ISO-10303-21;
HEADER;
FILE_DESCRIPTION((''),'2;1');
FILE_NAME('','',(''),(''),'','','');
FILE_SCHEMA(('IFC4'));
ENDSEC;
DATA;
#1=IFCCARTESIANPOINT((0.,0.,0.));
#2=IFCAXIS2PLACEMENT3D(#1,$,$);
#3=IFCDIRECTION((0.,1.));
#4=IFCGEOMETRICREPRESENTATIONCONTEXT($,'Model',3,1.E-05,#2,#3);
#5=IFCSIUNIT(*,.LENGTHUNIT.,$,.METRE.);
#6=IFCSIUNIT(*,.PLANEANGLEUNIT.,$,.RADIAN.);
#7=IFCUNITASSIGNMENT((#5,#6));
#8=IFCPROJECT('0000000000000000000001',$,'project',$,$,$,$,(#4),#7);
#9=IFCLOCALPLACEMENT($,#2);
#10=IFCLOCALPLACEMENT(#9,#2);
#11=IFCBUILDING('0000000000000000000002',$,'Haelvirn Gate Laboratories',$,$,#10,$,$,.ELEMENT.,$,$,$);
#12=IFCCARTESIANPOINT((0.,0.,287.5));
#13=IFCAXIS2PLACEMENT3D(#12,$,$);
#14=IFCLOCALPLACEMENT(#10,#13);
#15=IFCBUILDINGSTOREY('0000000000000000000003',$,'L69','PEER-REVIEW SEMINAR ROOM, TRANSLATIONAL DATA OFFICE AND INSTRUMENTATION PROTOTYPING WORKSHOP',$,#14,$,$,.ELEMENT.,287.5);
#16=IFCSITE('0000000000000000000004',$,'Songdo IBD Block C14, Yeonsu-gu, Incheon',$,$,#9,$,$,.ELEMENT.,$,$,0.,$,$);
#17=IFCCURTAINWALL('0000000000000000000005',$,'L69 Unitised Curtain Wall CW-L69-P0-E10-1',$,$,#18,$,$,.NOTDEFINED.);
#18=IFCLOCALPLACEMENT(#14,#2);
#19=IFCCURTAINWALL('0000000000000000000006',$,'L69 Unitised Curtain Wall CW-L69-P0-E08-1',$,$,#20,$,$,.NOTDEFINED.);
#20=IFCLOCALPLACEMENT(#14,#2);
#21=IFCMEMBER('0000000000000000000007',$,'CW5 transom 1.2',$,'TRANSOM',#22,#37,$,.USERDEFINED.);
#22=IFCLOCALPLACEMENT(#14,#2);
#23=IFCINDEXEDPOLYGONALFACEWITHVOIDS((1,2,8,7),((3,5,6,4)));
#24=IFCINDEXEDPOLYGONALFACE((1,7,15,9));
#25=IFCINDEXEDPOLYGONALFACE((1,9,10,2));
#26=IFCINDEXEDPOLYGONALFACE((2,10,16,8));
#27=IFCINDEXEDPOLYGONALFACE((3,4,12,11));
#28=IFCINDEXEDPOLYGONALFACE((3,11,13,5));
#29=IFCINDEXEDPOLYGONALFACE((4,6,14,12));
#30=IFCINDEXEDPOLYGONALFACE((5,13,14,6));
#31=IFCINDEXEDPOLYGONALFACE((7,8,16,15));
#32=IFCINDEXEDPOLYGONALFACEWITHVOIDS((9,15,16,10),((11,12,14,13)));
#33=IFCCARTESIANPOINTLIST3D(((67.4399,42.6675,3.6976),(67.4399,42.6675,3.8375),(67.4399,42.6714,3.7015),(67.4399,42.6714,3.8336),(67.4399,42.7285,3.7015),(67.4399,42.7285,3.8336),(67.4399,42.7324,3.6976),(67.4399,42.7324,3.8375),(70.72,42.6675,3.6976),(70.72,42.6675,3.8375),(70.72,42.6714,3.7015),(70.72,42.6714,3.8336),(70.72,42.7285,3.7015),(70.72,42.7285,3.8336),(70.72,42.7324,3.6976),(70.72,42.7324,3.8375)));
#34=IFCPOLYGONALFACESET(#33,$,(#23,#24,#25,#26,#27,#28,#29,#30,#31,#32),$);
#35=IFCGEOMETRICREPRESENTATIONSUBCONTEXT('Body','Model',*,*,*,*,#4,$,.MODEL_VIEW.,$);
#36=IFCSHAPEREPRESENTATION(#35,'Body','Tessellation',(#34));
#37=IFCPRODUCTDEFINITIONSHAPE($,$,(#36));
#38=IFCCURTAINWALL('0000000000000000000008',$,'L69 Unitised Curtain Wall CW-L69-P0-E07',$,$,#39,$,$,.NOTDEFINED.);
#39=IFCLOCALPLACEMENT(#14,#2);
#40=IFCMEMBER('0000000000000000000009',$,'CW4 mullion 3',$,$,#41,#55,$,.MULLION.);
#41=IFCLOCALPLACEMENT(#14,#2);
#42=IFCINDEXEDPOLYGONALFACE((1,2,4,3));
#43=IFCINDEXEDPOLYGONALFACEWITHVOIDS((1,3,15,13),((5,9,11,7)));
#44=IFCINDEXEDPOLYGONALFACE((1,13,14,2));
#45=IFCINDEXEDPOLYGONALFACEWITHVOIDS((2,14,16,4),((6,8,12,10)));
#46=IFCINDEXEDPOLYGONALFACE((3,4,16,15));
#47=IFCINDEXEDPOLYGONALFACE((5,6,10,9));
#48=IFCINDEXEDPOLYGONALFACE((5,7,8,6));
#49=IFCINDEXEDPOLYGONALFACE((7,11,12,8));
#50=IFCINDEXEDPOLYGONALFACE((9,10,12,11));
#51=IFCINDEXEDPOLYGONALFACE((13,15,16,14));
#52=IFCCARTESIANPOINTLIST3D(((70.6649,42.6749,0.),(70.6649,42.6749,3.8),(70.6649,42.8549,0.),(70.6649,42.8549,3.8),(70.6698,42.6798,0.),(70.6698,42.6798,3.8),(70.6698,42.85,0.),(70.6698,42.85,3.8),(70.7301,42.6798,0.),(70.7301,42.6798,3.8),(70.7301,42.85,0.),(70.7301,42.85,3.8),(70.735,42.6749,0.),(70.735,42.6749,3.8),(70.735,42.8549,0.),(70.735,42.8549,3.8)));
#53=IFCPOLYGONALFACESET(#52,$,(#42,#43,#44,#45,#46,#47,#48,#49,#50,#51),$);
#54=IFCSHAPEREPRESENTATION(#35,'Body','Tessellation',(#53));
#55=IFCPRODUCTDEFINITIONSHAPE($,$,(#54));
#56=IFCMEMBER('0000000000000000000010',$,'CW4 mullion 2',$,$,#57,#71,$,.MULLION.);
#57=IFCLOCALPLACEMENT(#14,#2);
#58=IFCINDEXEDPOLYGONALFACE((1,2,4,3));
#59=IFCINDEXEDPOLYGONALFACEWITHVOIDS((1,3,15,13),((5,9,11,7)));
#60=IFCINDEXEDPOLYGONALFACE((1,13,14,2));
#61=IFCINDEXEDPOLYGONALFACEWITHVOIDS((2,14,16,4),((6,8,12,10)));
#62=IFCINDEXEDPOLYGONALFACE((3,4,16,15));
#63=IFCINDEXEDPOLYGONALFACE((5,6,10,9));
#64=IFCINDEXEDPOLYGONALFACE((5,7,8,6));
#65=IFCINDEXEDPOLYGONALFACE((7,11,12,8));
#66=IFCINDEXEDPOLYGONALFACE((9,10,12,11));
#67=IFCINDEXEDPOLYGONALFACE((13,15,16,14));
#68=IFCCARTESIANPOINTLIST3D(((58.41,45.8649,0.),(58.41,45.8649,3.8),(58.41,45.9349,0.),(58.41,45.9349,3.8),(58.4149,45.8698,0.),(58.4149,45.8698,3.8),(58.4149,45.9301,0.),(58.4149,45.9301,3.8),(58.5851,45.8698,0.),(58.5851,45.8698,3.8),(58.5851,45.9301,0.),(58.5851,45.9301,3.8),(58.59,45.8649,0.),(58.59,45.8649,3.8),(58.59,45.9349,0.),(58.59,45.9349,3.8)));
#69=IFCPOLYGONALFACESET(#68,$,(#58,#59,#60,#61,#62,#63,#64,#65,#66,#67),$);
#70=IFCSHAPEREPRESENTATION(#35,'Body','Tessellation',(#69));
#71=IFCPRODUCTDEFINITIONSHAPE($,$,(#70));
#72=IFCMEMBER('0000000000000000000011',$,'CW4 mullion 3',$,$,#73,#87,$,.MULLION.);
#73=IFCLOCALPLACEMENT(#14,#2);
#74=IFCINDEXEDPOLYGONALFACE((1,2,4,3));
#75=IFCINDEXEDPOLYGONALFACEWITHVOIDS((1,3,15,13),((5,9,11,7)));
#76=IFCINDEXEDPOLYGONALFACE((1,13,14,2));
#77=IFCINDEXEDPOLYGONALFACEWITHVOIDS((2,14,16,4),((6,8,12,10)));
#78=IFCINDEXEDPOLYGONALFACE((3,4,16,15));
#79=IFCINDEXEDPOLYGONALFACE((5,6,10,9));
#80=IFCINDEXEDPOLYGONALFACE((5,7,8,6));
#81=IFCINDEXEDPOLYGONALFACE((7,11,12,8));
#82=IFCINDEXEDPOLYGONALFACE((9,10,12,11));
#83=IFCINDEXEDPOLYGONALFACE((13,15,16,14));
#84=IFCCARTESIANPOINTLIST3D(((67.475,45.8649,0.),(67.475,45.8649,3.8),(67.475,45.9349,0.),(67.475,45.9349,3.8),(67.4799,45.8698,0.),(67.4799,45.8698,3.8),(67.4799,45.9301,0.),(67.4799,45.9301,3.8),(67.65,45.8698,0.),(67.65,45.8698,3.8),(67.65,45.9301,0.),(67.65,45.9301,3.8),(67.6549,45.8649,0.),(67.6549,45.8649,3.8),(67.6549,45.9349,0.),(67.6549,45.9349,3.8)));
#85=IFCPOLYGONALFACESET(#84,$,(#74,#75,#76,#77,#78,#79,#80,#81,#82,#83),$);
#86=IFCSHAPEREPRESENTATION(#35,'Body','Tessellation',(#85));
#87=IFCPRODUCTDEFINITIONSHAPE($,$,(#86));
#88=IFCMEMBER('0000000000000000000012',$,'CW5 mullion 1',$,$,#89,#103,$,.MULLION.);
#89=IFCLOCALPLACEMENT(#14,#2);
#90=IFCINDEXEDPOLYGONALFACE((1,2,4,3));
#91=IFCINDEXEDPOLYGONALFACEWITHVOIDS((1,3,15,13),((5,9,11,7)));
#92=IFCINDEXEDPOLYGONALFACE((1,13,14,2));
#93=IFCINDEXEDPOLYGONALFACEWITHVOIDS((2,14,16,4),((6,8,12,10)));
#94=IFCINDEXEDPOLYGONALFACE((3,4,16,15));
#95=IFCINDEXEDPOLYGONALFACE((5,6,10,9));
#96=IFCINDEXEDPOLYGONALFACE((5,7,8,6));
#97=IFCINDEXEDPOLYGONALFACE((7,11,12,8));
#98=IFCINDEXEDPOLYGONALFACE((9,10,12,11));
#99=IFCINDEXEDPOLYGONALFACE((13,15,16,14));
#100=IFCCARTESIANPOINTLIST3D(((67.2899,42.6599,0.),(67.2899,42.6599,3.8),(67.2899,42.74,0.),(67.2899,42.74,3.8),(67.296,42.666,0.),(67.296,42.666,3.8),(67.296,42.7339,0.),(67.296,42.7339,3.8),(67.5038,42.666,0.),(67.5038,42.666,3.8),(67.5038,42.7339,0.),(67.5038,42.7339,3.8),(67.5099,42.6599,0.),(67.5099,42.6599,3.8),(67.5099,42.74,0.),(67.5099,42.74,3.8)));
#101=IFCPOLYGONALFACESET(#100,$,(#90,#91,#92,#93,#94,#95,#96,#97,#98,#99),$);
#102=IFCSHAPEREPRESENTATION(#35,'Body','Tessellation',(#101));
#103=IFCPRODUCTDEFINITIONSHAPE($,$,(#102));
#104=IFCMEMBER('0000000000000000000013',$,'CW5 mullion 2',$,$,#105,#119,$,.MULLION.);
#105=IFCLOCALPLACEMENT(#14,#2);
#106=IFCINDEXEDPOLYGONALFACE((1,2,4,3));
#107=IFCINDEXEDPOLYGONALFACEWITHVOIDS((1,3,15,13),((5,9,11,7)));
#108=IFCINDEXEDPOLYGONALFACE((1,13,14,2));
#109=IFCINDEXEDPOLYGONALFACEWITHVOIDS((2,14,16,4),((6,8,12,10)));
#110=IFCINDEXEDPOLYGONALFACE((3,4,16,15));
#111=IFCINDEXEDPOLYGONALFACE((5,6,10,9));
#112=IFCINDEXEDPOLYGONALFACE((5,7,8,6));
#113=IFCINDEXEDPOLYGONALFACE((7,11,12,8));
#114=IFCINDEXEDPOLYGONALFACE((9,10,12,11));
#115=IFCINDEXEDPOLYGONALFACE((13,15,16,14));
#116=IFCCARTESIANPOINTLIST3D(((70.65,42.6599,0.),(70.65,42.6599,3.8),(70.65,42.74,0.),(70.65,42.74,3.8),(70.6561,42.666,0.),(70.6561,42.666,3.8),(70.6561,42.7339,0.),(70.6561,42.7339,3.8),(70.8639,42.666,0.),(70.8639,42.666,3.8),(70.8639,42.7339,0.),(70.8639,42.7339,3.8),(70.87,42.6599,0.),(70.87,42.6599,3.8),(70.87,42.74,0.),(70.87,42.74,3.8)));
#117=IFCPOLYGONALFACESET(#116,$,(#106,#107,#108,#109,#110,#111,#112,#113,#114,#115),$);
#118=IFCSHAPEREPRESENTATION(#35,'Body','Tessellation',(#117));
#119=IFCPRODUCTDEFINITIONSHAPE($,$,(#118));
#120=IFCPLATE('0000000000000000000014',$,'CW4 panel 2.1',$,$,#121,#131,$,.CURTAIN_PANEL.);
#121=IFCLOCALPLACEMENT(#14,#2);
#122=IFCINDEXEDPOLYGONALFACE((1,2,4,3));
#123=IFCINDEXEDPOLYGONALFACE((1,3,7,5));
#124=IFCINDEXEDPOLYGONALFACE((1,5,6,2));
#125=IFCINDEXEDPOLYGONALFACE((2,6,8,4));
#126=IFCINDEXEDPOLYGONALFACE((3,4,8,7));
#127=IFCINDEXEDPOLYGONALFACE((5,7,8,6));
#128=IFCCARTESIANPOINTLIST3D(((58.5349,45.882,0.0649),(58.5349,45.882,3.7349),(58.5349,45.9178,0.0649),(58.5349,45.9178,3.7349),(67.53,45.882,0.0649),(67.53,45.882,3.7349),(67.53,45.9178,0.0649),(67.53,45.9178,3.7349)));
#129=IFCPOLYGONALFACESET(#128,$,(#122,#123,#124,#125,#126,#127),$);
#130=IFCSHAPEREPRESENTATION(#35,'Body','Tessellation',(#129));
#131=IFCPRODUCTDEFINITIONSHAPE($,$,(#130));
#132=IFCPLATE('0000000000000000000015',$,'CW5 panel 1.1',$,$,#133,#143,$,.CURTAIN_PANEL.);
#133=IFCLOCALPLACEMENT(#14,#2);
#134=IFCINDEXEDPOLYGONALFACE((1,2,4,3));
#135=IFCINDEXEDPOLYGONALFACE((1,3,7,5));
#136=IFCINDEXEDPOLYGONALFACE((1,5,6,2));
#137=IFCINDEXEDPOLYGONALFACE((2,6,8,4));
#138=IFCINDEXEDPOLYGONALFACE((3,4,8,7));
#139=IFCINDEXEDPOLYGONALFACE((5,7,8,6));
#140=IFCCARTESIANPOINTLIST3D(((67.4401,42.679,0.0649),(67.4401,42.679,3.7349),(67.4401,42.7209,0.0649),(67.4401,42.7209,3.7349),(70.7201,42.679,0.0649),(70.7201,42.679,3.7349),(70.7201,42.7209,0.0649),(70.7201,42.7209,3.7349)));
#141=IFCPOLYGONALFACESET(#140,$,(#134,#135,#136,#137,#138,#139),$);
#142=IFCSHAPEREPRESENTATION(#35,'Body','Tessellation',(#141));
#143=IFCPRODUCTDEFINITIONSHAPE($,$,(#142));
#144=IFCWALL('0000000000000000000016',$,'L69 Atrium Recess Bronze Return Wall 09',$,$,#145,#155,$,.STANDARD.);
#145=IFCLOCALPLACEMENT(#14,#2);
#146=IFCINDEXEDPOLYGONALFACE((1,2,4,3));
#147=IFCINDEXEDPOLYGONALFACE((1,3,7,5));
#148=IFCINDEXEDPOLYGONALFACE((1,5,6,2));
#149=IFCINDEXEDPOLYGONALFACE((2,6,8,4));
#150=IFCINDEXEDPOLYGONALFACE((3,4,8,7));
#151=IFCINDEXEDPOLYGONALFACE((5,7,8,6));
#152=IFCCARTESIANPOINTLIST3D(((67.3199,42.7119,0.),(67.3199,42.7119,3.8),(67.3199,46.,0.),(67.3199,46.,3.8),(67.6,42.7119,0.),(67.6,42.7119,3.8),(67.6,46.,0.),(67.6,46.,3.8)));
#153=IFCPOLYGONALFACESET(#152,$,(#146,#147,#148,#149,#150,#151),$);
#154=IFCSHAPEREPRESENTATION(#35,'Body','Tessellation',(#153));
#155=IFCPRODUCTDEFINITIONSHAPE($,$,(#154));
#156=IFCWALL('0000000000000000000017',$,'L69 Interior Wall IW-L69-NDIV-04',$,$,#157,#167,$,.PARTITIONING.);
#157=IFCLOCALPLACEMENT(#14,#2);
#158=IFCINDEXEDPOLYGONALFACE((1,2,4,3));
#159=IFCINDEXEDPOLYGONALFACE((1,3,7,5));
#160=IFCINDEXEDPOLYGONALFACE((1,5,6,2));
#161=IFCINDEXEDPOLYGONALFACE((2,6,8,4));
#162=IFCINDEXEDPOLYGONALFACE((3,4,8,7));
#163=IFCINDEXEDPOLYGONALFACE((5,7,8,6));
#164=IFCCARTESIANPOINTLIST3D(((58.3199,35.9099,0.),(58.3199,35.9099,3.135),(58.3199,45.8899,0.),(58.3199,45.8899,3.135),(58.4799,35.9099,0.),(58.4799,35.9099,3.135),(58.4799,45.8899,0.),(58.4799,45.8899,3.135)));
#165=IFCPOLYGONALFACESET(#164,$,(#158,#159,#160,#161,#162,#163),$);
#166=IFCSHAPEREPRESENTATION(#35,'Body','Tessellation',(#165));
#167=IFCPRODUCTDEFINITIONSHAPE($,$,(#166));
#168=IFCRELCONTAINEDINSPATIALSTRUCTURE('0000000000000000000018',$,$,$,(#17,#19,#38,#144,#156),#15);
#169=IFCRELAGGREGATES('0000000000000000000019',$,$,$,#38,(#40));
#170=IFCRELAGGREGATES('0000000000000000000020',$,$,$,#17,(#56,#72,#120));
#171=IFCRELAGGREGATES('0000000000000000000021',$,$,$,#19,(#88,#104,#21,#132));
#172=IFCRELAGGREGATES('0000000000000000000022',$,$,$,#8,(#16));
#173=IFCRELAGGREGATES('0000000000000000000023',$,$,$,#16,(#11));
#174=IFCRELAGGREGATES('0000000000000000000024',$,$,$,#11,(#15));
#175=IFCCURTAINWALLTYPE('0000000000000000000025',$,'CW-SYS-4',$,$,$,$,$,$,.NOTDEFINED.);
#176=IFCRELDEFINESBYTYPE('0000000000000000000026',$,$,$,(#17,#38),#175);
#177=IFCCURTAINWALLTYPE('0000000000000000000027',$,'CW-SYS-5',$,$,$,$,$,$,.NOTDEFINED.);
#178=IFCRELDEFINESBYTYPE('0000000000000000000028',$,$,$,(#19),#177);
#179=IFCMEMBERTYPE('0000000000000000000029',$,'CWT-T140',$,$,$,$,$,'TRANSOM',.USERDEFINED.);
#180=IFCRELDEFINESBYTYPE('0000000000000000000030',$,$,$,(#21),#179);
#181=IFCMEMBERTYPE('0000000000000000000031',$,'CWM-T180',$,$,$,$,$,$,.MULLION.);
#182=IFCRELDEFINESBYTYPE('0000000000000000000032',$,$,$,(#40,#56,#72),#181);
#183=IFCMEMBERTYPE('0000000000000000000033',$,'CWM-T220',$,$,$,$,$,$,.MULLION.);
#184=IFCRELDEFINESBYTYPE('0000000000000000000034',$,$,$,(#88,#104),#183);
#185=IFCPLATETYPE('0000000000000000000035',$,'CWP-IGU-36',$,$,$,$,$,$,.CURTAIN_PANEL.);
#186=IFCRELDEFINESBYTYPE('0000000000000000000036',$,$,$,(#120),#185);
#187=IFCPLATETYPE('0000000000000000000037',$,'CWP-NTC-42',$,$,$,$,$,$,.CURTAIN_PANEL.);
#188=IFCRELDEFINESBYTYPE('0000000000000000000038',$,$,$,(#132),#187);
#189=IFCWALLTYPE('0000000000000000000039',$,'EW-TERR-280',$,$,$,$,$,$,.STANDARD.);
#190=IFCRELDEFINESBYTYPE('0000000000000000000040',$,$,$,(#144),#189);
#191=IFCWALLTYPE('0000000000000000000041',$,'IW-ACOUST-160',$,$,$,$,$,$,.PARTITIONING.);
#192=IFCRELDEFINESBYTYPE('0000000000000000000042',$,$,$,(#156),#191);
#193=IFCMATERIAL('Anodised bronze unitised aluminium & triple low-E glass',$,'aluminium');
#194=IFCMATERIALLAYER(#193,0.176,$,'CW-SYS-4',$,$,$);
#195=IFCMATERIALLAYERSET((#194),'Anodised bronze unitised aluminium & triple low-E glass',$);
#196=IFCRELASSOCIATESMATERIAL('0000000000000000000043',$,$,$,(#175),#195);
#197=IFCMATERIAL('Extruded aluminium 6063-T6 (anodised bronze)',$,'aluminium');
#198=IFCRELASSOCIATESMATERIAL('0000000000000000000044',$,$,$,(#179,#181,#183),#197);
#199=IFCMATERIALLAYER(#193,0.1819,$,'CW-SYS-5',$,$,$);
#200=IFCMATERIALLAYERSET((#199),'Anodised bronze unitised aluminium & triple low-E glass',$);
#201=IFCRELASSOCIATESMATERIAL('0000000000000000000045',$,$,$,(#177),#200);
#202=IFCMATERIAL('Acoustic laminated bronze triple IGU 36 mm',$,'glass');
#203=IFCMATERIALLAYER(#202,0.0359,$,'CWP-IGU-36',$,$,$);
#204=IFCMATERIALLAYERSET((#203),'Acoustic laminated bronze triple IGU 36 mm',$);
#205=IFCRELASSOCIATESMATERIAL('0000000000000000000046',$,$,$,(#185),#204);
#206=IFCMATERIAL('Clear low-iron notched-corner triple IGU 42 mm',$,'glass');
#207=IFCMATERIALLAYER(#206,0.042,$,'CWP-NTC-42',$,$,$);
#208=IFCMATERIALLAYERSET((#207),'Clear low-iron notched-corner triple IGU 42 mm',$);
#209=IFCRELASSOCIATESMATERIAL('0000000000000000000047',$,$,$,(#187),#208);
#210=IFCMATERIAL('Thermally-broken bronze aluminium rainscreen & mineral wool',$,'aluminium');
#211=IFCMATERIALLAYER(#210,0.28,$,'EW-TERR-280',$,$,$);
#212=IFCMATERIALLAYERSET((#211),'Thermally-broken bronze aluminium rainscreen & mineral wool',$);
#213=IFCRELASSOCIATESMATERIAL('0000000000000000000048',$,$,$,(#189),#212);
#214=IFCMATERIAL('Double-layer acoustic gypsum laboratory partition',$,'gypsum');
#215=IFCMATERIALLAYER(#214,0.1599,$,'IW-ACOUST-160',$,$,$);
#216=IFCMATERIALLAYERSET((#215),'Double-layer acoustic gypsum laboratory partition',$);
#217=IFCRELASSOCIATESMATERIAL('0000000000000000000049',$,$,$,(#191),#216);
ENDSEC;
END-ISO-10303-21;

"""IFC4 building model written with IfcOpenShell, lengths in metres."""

from ifc_helpers import new_model, si_unit, direction, frame, frame_2d, origin, origin_2d, place, context, subcontext, project, spatial, rectangle, hollow_rectangle, extrude, source, transform, mapped, material, layer, layer_set, material_profile, profile_set, type_object, type_shapes, element, aggregate, save


model = new_model("IFC4")

# Units and contexts
model_context = context("Model", 3, precision=1e-05, world=origin(), true_north=direction((0.0, 1.0)))
body_context = subcontext(model_context, "Body", "Model", "MODEL_VIEW")
ifc_project = project(units=[si_unit("LENGTHUNIT", "METRE"), si_unit("PLANEANGLEUNIT", "RADIAN")], contexts=[model_context])

# Site, building, storey
site_placement = place(None, origin())
site = spatial("IfcSite", under=ifc_project, at=site_placement, Name="Songdo IBD Block C14, Yeonsu-gu, Incheon", CompositionType="ELEMENT", RefElevation=0.0)
building_placement = place(site_placement, origin())
building = spatial("IfcBuilding", under=site, at=building_placement, Name="Haelvirn Gate Laboratories", CompositionType="ELEMENT")
storey_placement = place(building_placement, frame((0.0, 0.0, 287.5)))
storey = spatial("IfcBuildingStorey", under=building, at=storey_placement, Name="L69", Description="PEER-REVIEW SEMINAR ROOM, TRANSLATIONAL DATA OFFICE AND INSTRUMENTATION PROTOTYPING WORKSHOP", CompositionType="ELEMENT", Elevation=287.5)

# Curtain walls, member
ifc_material_1 = material(Name="Anodised bronze unitised aluminium & triple low-E glass", Category="aluminium")
ifc_layer_1 = layer(ifc_material_1, 0.176, Name="CW-SYS-4")
ifc_layer_set_1 = layer_set([ifc_layer_1], Name="Anodised bronze unitised aluminium & triple low-E glass")
curtain_wall_type_1 = type_object("IfcCurtainWallType", Name="CW-SYS-4", PredefinedType="NOTDEFINED", material=ifc_layer_set_1)
curtain_wall_1_placement = place(storey_placement, origin())
curtain_wall_1 = element("IfcCurtainWall", 1, at=curtain_wall_1_placement, inside=storey, type_object=curtain_wall_type_1, Name="L69 Unitised Curtain Wall CW-L69-P0-E10-1", PredefinedType="NOTDEFINED")
ifc_material_2 = material(Name="Extruded aluminium 6063-T6 (anodised bronze)", Category="aluminium")
ifc_material_profile_1 = material_profile(ifc_material_2, hollow_rectangle(XDim=0.0649, YDim=0.1399, WallThickness=0.0039, at=origin_2d()), Name="CWT-140x65x4")
ifc_profile_set_1 = profile_set([ifc_material_profile_1], Name="Extruded aluminium 6063-T6 (anodised bronze)")
member_type_1 = type_object("IfcMemberType", Name="CWT-T140", ElementType="TRANSOM", PredefinedType="USERDEFINED", material=ifc_profile_set_1)
ifc_layer_2 = layer(ifc_material_1, 0.1819, Name="CW-SYS-5")
ifc_layer_set_2 = layer_set([ifc_layer_2], Name="Anodised bronze unitised aluminium & triple low-E glass")
curtain_wall_type_2 = type_object("IfcCurtainWallType", Name="CW-SYS-5", PredefinedType="NOTDEFINED", material=ifc_layer_set_2)
curtain_wall_2_placement = place(storey_placement, origin())
curtain_wall_2 = element("IfcCurtainWall", 2, at=curtain_wall_2_placement, inside=storey, type_object=curtain_wall_type_2, Name="L69 Unitised Curtain Wall CW-L69-P0-E08-1", PredefinedType="NOTDEFINED")
shared_shape_1 = source(origin(), body_context, "Body", "SweptSolid", [
    extrude(hollow_rectangle(XDim=0.0649, YDim=0.1399, WallThickness=0.0039, at=origin_2d()), origin(), (0.0, 0.0, 1.0), 3.28),
])
member_1_placement = place(storey_placement, frame((67.4399, 42.7, 3.7676), z_axis=(1.0, 0.0, 0.0), x_axis=(0.0, 1.0, 0.0)))
member_1 = element("IfcMember", 3, at=member_1_placement, type_object=member_type_1, Name="CW5 transom 1.2", ObjectType="TRANSOM", PredefinedType="USERDEFINED", context=body_context, shape_type="MappedRepresentation", body=[
    mapped(shared_shape_1, transform((0.0, 0.0, 0.0), scale=1.0)),
])

# Curtain wall, member
curtain_wall_3_placement = place(storey_placement, origin())
curtain_wall_3 = element("IfcCurtainWall", 4, at=curtain_wall_3_placement, inside=storey, type_object=curtain_wall_type_1, Name="L69 Unitised Curtain Wall CW-L69-P0-E07", PredefinedType="NOTDEFINED")
ifc_material_profile_2 = material_profile(ifc_material_2, hollow_rectangle(XDim=0.0701, YDim=0.1799, WallThickness=0.0049, at=origin_2d()), Name="CWM-180x70x5")
ifc_profile_set_2 = profile_set([ifc_material_profile_2], Name="Extruded aluminium 6063-T6 (anodised bronze)")
member_type_2 = type_object("IfcMemberType", Name="CWM-T180", PredefinedType="MULLION", material=ifc_profile_set_2)
shared_shape_2 = source(origin(), body_context, "Body", "SweptSolid", [
    extrude(hollow_rectangle(XDim=0.0701, YDim=0.1799, WallThickness=0.0049, at=origin_2d()), origin(), (0.0, 0.0, 1.0), 3.8),
])
type_shapes(member_type_2, [shared_shape_2])
member_2_placement = place(storey_placement, frame((70.7, 42.7649, 0.0), z_axis=(0.0, 0.0, 1.0), x_axis=(-1.0, 0.0, 0.0)))
member_2 = element("IfcMember", 5, at=member_2_placement, type_object=member_type_2, Name="CW4 mullion 3", PredefinedType="MULLION", context=body_context, shape_type="MappedRepresentation", body=[
    mapped(shared_shape_2, transform((0.0, 0.0, 0.0), scale=1.0)),
])
aggregate(curtain_wall_3, [member_2])

# Members
member_3_placement = place(storey_placement, frame((58.5, 45.8999, 0.0), z_axis=(0.0, 0.0, 1.0), x_axis=(0.0, 1.0, 0.0)))
member_3 = element("IfcMember", 6, at=member_3_placement, type_object=member_type_2, Name="CW4 mullion 2", PredefinedType="MULLION", context=body_context, shape_type="MappedRepresentation", body=[
    mapped(shared_shape_2, transform((0.0, 0.0, 0.0), scale=1.0)),
])
member_4_placement = place(storey_placement, frame((67.5649, 45.8999, 0.0), z_axis=(0.0, 0.0, 1.0), x_axis=(0.0, 1.0, 0.0)))
member_4 = element("IfcMember", 7, at=member_4_placement, type_object=member_type_2, Name="CW4 mullion 3", PredefinedType="MULLION", context=body_context, shape_type="MappedRepresentation", body=[
    mapped(shared_shape_2, transform((0.0, 0.0, 0.0), scale=1.0)),
])
ifc_material_profile_3 = material_profile(ifc_material_2, hollow_rectangle(XDim=0.0801, YDim=0.22, WallThickness=0.0061, at=origin_2d()), Name="CWM-220x80x6")
ifc_profile_set_3 = profile_set([ifc_material_profile_3], Name="Extruded aluminium 6063-T6 (anodised bronze)")
member_type_3 = type_object("IfcMemberType", Name="CWM-T220", PredefinedType="MULLION", material=ifc_profile_set_3)
shared_shape_3 = source(origin(), body_context, "Body", "SweptSolid", [
    extrude(hollow_rectangle(XDim=0.0801, YDim=0.22, WallThickness=0.0061, at=origin_2d()), origin(), (0.0, 0.0, 1.0), 3.8),
])
type_shapes(member_type_3, [shared_shape_3])
member_5_placement = place(storey_placement, frame((67.3999, 42.7, 0.0), z_axis=(0.0, 0.0, 1.0), x_axis=(0.0, 1.0, 0.0)))
member_5 = element("IfcMember", 8, at=member_5_placement, type_object=member_type_3, Name="CW5 mullion 1", PredefinedType="MULLION", context=body_context, shape_type="MappedRepresentation", body=[
    mapped(shared_shape_3, transform((0.0, 0.0, 0.0), scale=1.0)),
])
member_6_placement = place(storey_placement, frame((70.76, 42.7, 0.0), z_axis=(0.0, 0.0, 1.0), x_axis=(0.0, 1.0, 0.0)))
member_6 = element("IfcMember", 9, at=member_6_placement, type_object=member_type_3, Name="CW5 mullion 2", PredefinedType="MULLION", context=body_context, shape_type="MappedRepresentation", body=[
    mapped(shared_shape_3, transform((0.0, 0.0, 0.0), scale=1.0)),
])

# Plates
ifc_material_3 = material(Name="Acoustic laminated bronze triple IGU 36 mm", Category="glass")
ifc_layer_3 = layer(ifc_material_3, 0.0359, Name="CWP-IGU-36")
ifc_layer_set_3 = layer_set([ifc_layer_3], Name="Acoustic laminated bronze triple IGU 36 mm")
plate_type_1 = type_object("IfcPlateType", Name="CWP-IGU-36", PredefinedType="CURTAIN_PANEL", material=ifc_layer_set_3)
shared_shape_4 = source(origin(), body_context, "Body", "SweptSolid", [
    extrude(rectangle(XDim=8.9951, YDim=0.0359, at=origin_2d()), origin(), (0.0, 0.0, 1.0), 3.6699),
])
type_shapes(plate_type_1, [shared_shape_4])
plate_1_placement = place(storey_placement, frame((63.0325, 45.8999, 0.0649), z_axis=(0.0, 0.0, 1.0), x_axis=(1.0, 0.0, 0.0)))
plate_1 = element("IfcPlate", 10, at=plate_1_placement, type_object=plate_type_1, Name="CW4 panel 2.1", PredefinedType="CURTAIN_PANEL", context=body_context, shape_type="MappedRepresentation", body=[
    mapped(shared_shape_4, transform((0.0, 0.0, 0.0), scale=1.0)),
])
aggregate(curtain_wall_1, [member_3, member_4, plate_1])
ifc_material_4 = material(Name="Clear low-iron notched-corner triple IGU 42 mm", Category="glass")
ifc_layer_4 = layer(ifc_material_4, 0.042, Name="CWP-NTC-42")
ifc_layer_set_4 = layer_set([ifc_layer_4], Name="Clear low-iron notched-corner triple IGU 42 mm")
plate_type_2 = type_object("IfcPlateType", Name="CWP-NTC-42", PredefinedType="CURTAIN_PANEL", material=ifc_layer_set_4)
shared_shape_5 = source(origin(), body_context, "Body", "SweptSolid", [
    extrude(rectangle(XDim=3.28, YDim=0.042, at=origin_2d()), origin(), (0.0, 0.0, 1.0), 3.6699),
])
type_shapes(plate_type_2, [shared_shape_5])
plate_2_placement = place(storey_placement, frame((69.0801, 42.7, 0.0649), z_axis=(0.0, 0.0, 1.0), x_axis=(1.0, 0.0, 0.0)))
plate_2 = element("IfcPlate", 11, at=plate_2_placement, type_object=plate_type_2, Name="CW5 panel 1.1", PredefinedType="CURTAIN_PANEL", context=body_context, shape_type="MappedRepresentation", body=[
    mapped(shared_shape_5, transform((0.0, 0.0, 0.0), scale=1.0)),
])
aggregate(curtain_wall_2, [member_5, member_6, member_1, plate_2])

# Walls
ifc_material_5 = material(Name="Thermally-broken bronze aluminium rainscreen & mineral wool", Category="aluminium")
ifc_layer_5 = layer(ifc_material_5, 0.28, Name="EW-TERR-280")
ifc_layer_set_5 = layer_set([ifc_layer_5], Name="Thermally-broken bronze aluminium rainscreen & mineral wool")
wall_type_1 = type_object("IfcWallType", Name="EW-TERR-280", PredefinedType="STANDARD", material=ifc_layer_set_5)
wall_1_placement = place(storey_placement, frame((67.46, 42.7119, 0.0), z_axis=(0.0, 0.0, 1.0), x_axis=(0.0, 1.0, 0.0)))
element("IfcWall", 12, at=wall_1_placement, inside=storey, type_object=wall_type_1, Name="L69 Atrium Recess Bronze Return Wall 09", PredefinedType="STANDARD", context=body_context, shape_type="SweptSolid", body=[
    extrude(rectangle(XDim=3.2881, YDim=0.28, at=frame_2d((1.644, 0.0))), origin(), (0.0, 0.0, 1.0), 3.8),
])
ifc_material_6 = material(Name="Double-layer acoustic gypsum laboratory partition", Category="gypsum")
ifc_layer_6 = layer(ifc_material_6, 0.1599, Name="IW-ACOUST-160")
ifc_layer_set_6 = layer_set([ifc_layer_6], Name="Double-layer acoustic gypsum laboratory partition")
wall_type_2 = type_object("IfcWallType", Name="IW-ACOUST-160", PredefinedType="PARTITIONING", material=ifc_layer_set_6)
wall_2_placement = place(storey_placement, frame((58.3999, 35.9099, 0.0), z_axis=(0.0, 0.0, 1.0), x_axis=(0.0, 1.0, 0.0)))
element("IfcWall", 13, at=wall_2_placement, inside=storey, type_object=wall_type_2, Name="L69 Interior Wall IW-L69-NDIV-04", PredefinedType="PARTITIONING", context=body_context, shape_type="SweptSolid", body=[
    extrude(rectangle(XDim=9.98, YDim=0.1599, at=frame_2d((4.99, 0.0))), origin(), (0.0, 0.0, 1.0), 3.135),
])

save(model, "model.ifc")
